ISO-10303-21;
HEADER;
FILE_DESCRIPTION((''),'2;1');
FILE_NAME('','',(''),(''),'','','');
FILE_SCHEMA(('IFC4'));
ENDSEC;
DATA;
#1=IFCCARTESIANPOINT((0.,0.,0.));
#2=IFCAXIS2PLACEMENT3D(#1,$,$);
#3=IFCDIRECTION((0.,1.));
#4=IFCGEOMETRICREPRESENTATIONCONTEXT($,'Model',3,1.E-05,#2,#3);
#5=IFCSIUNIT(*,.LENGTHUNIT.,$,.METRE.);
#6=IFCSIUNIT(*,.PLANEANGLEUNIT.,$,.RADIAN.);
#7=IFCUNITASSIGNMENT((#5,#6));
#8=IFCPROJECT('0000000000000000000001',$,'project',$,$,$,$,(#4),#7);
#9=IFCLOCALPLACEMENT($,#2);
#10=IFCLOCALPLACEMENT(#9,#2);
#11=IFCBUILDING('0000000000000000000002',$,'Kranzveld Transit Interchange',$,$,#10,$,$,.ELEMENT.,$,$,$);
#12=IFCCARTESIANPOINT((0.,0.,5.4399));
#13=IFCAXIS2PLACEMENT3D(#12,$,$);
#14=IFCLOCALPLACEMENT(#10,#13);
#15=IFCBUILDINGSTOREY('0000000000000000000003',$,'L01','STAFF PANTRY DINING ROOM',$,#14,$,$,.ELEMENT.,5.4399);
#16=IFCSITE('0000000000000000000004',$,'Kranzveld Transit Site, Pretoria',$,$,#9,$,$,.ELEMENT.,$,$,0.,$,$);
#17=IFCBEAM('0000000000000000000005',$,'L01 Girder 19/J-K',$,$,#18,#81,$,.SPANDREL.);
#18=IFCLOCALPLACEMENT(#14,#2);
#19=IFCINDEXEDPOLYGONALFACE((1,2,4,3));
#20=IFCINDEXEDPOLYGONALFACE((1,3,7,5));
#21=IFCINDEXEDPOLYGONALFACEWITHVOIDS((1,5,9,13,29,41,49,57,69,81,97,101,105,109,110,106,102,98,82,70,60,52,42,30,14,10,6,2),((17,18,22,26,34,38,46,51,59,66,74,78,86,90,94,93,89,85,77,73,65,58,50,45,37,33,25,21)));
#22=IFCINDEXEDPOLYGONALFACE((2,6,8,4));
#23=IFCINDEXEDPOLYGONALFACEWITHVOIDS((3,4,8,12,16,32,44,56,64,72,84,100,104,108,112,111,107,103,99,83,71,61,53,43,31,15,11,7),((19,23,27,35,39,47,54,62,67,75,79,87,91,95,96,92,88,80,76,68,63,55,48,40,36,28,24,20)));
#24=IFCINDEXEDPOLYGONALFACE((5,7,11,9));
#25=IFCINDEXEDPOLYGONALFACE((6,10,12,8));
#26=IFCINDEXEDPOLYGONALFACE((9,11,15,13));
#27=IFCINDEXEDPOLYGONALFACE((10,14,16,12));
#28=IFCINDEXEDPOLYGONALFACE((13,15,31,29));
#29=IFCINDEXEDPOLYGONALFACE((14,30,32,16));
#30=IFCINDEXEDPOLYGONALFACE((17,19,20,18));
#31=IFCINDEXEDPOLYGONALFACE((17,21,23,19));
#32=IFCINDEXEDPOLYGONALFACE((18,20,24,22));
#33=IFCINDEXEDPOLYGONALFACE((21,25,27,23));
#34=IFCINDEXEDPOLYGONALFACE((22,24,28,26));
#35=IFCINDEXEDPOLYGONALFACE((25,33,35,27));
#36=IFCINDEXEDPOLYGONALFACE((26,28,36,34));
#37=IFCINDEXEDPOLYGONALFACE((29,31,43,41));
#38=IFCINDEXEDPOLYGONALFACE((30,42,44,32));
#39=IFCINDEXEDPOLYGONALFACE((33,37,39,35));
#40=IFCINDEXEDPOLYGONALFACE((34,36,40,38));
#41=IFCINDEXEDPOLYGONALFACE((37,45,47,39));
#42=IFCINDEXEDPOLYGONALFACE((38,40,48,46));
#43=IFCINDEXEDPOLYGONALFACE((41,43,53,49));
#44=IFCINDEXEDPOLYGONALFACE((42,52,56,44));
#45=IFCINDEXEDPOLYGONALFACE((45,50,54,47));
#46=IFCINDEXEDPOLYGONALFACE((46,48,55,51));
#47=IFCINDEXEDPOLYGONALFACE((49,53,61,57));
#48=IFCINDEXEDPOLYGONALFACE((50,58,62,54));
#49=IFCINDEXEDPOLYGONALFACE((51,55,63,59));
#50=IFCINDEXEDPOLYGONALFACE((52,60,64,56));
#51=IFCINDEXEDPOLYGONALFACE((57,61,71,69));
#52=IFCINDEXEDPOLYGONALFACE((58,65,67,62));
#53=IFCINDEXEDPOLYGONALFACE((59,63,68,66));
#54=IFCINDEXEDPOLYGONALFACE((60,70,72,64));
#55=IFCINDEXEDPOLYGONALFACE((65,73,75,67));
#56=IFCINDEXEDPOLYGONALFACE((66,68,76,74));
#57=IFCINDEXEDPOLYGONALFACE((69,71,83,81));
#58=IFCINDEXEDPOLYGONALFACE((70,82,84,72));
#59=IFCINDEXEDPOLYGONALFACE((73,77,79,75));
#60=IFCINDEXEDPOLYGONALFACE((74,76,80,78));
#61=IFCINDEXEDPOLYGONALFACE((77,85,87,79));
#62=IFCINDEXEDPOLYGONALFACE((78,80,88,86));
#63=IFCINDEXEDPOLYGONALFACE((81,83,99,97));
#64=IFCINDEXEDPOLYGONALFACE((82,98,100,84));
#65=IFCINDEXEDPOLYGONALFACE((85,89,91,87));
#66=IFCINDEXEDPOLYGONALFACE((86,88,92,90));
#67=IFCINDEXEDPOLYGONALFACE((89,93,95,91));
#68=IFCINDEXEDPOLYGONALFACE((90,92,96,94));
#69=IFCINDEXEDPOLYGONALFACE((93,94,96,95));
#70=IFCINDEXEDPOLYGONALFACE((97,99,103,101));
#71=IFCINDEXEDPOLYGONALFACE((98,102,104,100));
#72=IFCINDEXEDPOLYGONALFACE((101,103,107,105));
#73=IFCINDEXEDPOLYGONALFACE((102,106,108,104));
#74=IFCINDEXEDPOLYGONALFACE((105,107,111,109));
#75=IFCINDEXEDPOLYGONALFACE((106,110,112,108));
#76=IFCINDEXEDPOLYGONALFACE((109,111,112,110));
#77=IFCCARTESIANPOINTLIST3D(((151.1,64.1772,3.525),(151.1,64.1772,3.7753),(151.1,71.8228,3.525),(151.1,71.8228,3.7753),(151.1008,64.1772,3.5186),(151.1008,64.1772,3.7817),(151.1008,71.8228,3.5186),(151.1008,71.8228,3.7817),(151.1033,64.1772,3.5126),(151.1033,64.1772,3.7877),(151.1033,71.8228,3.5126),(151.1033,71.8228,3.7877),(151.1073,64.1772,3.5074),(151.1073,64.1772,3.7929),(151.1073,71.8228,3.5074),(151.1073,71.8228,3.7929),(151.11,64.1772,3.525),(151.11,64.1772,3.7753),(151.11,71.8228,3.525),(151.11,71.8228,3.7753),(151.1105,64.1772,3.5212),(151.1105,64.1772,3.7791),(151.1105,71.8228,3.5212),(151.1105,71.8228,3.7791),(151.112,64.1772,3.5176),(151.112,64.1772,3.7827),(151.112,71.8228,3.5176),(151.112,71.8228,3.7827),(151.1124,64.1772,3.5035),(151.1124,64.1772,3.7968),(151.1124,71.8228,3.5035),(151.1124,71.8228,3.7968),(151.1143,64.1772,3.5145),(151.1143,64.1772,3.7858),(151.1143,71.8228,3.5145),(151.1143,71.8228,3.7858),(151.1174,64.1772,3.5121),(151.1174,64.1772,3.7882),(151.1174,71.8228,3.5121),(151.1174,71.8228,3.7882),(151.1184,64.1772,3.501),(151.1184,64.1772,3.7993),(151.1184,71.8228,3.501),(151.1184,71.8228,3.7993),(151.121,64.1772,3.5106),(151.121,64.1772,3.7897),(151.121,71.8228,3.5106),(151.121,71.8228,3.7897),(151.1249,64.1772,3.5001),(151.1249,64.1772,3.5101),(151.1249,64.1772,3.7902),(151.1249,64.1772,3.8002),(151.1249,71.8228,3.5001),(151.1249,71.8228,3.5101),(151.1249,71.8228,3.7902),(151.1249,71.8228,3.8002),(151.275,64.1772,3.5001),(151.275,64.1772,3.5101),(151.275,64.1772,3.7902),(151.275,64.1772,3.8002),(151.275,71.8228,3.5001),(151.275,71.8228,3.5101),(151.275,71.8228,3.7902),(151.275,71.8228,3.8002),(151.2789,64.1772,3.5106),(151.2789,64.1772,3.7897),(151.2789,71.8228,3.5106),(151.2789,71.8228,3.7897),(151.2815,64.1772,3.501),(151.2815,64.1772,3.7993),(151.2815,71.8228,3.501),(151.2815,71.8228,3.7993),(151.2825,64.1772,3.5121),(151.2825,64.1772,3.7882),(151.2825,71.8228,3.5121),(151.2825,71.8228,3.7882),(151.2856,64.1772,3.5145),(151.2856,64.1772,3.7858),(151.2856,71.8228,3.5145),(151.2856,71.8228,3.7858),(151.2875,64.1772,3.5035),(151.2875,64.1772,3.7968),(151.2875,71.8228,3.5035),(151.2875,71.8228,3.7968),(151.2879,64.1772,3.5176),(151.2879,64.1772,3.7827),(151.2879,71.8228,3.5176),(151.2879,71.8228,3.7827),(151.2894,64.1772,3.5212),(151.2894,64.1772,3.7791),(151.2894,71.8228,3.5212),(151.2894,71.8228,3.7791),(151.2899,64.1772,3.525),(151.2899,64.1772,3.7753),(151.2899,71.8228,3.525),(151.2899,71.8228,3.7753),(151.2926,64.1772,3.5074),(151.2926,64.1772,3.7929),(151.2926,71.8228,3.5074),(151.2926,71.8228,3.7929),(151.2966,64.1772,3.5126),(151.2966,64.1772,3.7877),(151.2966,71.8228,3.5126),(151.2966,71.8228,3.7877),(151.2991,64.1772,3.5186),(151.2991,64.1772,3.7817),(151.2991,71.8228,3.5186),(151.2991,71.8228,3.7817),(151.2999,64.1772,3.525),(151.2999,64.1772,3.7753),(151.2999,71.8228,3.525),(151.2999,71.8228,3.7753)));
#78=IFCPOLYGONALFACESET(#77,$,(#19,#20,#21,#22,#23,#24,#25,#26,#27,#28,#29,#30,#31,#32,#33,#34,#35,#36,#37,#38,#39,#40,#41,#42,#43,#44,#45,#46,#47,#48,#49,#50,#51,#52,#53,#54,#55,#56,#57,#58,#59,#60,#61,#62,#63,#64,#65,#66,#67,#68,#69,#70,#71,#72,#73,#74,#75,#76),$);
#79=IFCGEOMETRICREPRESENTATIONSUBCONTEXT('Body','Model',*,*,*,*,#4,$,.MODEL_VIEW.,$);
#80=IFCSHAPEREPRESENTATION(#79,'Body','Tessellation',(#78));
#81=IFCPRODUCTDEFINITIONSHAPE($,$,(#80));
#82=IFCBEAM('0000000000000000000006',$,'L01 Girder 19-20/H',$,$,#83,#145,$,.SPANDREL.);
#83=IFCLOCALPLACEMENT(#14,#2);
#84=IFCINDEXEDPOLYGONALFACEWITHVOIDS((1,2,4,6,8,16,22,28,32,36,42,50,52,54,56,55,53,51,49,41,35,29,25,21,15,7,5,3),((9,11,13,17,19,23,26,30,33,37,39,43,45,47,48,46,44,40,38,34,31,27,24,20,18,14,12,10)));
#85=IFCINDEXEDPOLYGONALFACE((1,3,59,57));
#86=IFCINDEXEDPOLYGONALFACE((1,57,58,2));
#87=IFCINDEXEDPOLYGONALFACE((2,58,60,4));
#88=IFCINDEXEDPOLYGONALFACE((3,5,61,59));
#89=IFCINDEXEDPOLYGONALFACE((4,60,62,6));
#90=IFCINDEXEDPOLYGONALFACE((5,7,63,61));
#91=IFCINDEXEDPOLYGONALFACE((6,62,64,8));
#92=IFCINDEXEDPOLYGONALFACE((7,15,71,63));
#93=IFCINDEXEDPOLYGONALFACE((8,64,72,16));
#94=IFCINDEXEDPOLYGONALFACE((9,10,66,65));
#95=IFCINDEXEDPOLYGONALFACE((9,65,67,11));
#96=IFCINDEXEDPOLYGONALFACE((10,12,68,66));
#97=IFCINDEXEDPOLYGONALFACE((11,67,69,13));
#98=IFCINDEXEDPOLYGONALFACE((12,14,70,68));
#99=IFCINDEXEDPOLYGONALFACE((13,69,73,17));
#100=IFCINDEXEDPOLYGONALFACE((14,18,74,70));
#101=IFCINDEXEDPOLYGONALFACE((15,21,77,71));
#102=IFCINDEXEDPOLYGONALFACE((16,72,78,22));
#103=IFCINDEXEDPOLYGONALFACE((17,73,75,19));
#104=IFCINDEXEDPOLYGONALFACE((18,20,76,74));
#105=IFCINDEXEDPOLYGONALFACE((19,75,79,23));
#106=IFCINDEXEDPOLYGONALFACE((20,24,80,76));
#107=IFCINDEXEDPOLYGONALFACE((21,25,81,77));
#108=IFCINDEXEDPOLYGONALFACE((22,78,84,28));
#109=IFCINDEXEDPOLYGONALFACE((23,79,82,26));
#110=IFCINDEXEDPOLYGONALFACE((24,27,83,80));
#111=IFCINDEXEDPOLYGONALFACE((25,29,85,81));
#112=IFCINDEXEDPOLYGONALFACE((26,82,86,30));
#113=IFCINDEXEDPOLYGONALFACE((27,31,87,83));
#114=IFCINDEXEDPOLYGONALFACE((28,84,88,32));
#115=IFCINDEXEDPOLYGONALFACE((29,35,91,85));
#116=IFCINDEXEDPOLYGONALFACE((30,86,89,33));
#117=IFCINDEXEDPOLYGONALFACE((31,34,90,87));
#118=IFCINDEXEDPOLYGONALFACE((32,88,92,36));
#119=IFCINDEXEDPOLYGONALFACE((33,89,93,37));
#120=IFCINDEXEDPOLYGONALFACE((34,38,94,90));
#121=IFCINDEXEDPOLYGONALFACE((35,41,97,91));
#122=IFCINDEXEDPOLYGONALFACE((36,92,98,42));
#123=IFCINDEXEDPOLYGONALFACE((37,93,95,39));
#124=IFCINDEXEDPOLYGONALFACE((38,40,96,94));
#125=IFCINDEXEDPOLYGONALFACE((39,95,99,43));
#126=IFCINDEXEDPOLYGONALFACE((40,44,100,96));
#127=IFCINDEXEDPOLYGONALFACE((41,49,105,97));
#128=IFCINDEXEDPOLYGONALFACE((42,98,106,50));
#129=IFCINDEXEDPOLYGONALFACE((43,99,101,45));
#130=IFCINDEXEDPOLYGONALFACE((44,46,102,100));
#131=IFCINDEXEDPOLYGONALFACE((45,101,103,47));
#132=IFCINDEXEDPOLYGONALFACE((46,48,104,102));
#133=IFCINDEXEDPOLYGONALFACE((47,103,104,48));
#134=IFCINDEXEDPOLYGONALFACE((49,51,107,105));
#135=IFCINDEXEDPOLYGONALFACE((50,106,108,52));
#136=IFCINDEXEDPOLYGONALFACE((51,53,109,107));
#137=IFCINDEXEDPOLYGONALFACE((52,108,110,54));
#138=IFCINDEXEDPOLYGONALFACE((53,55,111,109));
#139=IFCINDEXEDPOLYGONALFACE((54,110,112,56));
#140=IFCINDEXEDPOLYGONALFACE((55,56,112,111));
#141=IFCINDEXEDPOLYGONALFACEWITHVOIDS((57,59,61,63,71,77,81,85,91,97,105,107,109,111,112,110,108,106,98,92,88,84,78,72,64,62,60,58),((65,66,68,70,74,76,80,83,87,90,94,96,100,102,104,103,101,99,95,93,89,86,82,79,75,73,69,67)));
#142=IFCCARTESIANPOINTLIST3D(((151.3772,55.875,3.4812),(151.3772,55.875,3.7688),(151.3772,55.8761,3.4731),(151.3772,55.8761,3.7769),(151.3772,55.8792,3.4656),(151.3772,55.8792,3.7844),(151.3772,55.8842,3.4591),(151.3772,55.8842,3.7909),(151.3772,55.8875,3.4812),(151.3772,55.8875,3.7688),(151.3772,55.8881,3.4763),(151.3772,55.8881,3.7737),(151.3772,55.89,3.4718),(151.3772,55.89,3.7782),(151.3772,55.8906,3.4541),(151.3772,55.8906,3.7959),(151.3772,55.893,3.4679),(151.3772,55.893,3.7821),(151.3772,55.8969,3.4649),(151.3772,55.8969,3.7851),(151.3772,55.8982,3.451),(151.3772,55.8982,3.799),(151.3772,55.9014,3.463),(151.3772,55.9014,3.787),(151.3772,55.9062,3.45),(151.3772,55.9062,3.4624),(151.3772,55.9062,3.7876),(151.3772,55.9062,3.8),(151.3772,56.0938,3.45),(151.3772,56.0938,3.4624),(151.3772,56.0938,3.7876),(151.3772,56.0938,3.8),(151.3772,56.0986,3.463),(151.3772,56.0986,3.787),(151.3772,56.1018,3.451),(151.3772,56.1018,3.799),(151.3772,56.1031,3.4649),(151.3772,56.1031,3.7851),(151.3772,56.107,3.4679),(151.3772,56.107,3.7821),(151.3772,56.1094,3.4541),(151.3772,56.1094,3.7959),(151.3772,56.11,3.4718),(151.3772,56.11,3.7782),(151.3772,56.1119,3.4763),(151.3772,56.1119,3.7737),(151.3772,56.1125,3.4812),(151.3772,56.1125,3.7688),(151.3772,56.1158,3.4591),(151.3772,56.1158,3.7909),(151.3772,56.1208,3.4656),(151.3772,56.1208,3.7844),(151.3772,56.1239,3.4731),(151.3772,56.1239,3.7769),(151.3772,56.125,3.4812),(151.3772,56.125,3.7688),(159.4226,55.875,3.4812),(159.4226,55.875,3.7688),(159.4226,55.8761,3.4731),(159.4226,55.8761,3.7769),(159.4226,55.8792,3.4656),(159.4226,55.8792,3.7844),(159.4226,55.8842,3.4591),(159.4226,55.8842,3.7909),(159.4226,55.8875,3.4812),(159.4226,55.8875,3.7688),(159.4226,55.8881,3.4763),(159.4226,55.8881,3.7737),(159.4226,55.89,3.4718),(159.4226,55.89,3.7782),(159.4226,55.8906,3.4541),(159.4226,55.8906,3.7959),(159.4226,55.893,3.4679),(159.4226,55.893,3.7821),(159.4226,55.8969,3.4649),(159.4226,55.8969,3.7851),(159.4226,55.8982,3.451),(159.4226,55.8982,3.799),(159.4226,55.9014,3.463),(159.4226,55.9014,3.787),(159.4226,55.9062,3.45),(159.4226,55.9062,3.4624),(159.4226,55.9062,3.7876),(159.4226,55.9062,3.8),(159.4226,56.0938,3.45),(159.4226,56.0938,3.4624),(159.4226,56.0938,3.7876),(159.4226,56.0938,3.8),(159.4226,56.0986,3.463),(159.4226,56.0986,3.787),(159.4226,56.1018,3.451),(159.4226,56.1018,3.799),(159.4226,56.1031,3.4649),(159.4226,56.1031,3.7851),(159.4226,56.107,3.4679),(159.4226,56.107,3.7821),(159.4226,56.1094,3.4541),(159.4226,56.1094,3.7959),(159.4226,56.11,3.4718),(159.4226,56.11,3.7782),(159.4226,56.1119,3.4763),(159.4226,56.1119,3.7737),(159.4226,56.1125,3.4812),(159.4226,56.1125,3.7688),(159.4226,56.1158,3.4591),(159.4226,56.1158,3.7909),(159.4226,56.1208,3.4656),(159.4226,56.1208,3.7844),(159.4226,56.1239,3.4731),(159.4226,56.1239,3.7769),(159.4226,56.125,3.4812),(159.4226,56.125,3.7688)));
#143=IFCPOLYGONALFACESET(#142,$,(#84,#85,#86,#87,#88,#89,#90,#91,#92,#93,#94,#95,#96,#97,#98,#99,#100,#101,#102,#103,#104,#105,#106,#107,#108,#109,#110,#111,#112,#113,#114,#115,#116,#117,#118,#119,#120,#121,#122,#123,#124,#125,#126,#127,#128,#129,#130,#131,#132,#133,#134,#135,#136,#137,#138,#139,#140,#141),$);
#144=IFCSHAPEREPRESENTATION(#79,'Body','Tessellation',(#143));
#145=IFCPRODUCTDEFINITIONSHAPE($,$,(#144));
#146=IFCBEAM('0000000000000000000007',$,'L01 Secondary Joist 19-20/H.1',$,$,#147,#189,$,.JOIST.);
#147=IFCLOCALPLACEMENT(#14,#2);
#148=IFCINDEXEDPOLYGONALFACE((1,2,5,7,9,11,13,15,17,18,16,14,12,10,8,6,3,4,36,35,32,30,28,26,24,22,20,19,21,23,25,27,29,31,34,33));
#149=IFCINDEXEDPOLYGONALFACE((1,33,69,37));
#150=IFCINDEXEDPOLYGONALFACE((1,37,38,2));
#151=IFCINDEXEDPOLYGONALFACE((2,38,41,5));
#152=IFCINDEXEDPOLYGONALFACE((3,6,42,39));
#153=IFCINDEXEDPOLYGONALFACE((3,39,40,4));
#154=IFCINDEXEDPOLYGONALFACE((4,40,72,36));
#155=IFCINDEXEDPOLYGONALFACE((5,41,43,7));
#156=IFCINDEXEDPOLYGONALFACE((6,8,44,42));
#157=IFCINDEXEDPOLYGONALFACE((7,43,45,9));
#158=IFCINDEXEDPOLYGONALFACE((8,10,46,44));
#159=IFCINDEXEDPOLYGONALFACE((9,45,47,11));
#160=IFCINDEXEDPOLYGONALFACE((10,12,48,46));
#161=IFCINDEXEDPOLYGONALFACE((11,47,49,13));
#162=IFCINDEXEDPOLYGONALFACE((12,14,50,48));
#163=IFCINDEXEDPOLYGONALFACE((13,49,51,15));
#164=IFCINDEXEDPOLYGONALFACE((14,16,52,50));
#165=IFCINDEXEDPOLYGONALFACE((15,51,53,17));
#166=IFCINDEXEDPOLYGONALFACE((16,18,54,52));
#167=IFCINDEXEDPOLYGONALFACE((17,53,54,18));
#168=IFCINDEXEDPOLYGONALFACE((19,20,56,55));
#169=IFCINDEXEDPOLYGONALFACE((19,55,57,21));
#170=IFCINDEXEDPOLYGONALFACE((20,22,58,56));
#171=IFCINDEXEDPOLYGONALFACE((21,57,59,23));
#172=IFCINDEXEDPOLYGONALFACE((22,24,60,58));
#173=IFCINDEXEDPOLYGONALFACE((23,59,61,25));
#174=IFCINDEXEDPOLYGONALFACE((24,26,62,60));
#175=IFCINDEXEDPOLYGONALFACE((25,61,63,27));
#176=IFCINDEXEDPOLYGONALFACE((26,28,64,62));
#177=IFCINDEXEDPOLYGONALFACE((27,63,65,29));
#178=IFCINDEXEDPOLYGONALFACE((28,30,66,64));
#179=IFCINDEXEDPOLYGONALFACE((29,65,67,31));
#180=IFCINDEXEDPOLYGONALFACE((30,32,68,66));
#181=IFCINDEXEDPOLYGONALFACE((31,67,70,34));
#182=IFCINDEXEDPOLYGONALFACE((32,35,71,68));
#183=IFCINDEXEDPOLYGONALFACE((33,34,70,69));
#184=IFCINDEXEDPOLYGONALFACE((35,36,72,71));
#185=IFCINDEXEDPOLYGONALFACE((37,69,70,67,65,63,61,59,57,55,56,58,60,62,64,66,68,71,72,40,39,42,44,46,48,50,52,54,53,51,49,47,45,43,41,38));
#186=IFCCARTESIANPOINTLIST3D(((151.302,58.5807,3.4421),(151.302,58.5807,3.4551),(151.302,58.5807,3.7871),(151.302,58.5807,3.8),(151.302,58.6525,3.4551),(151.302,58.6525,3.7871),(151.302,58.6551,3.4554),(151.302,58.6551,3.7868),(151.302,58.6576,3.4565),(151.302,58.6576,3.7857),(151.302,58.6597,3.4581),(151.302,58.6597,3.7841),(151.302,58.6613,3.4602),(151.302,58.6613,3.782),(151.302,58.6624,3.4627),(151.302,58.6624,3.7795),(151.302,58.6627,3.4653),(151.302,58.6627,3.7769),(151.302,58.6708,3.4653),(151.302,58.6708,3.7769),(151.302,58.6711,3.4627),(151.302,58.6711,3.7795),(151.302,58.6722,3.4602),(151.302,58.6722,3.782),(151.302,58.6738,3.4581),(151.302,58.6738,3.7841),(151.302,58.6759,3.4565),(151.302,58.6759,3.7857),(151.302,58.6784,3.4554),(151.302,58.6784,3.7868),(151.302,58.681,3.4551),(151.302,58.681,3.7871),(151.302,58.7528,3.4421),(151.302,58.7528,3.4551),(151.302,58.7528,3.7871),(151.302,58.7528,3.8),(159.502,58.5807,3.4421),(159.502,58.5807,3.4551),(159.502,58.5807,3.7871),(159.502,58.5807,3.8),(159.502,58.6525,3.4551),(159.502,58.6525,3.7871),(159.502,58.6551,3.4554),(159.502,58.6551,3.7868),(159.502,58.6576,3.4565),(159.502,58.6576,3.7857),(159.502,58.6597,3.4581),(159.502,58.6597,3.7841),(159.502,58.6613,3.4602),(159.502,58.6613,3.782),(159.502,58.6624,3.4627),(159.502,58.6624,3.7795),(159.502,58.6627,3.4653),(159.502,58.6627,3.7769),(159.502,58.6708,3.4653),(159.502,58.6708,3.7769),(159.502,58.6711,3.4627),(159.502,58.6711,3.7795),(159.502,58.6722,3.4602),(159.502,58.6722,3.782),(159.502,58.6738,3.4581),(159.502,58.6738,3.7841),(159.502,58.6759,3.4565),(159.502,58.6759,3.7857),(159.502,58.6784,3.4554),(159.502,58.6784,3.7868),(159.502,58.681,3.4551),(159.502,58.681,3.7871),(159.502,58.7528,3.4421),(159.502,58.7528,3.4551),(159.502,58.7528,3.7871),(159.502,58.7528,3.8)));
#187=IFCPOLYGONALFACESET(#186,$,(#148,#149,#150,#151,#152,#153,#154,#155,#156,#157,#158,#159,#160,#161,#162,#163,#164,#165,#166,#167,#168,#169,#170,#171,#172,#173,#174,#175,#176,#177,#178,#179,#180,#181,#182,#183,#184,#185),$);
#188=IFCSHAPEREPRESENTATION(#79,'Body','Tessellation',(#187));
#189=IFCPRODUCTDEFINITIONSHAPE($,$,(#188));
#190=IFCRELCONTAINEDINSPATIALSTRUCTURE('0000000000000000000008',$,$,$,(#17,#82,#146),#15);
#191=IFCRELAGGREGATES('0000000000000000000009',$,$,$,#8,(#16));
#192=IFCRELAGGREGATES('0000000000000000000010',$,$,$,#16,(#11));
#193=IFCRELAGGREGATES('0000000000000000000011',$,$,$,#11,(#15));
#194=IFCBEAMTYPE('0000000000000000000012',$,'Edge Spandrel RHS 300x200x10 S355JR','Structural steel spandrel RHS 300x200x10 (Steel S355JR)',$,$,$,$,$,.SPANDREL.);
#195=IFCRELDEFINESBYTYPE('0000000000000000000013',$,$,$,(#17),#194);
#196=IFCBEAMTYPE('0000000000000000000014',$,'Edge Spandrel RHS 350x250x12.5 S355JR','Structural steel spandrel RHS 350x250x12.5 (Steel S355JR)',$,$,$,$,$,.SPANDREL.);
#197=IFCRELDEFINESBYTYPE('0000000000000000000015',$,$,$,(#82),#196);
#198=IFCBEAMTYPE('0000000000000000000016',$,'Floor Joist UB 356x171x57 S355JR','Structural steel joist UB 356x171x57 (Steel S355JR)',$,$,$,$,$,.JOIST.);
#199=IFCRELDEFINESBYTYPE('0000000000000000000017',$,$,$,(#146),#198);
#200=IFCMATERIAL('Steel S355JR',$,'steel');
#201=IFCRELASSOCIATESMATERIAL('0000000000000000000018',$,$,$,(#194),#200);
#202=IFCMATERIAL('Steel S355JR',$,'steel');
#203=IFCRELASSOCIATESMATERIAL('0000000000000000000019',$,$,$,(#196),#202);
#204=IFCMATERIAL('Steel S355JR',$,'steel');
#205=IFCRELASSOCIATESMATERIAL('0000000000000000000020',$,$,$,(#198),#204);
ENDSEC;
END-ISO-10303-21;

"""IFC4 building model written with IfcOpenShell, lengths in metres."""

from ifc_helpers import new_model, si_unit, direction, frame, origin, origin_2d, place, context, subcontext, project, spatial, hollow_rectangle, i_section, extrude, material, material_profile, profile_set, type_object, element, save


model = new_model("IFC4")

# Units and contexts
model_context = context("Model", 3, precision=1e-05, world=origin(), true_north=direction((0.0, 1.0)))
body_context = subcontext(model_context, "Body", "Model", "MODEL_VIEW")
ifc_project = project(units=[si_unit("LENGTHUNIT", "METRE"), si_unit("PLANEANGLEUNIT", "RADIAN")], contexts=[model_context])

# Site, building, storey
site_placement = place(None, origin())
site = spatial("IfcSite", under=ifc_project, at=site_placement, Name="Kranzveld Transit Site, Pretoria", CompositionType="ELEMENT", RefElevation=0.0)
building_placement = place(site_placement, origin())
building = spatial("IfcBuilding", under=site, at=building_placement, Name="Kranzveld Transit Interchange", CompositionType="ELEMENT")
storey_placement = place(building_placement, frame((0.0, 0.0, 5.4399)))
storey = spatial("IfcBuildingStorey", under=building, at=storey_placement, Name="L01", Description="STAFF PANTRY DINING ROOM", CompositionType="ELEMENT", Elevation=5.4399)

# Beams
ifc_material_1 = material(Name="Steel S355JR", Category="steel")
ifc_material_profile_1 = material_profile(ifc_material_1, hollow_rectangle(XDim=0.2, YDim=0.3, WallThickness=0.01, InnerFilletRadius=0.0149, OuterFilletRadius=0.0249, at=origin_2d()), Name="RHS 300x200x10")
ifc_profile_set_1 = profile_set([ifc_material_profile_1], Name="Steel S355JR")
beam_type_1 = type_object("IfcBeamType", Name="Edge Spandrel RHS 300x200x10 S355JR", Description="Structural steel spandrel RHS 300x200x10 (Steel S355JR)", PredefinedType="SPANDREL", material=ifc_profile_set_1)
beam_1_placement = place(storey_placement, frame((151.2, 64.1772, 3.6501), z_axis=(0.0, 1.0, 0.0), x_axis=(-1.0, 0.0, 0.0)))
element("IfcBeam", 1, at=beam_1_placement, inside=storey, type_object=beam_type_1, Name="L01 Girder 19/J-K", PredefinedType="SPANDREL", context=body_context, shape_type="SweptSolid", body=[
    extrude(hollow_rectangle(XDim=0.2, YDim=0.3, WallThickness=0.01, InnerFilletRadius=0.0149, OuterFilletRadius=0.0249, at=origin_2d()), origin(), (0.0, 0.0, 1.0), 7.6455),
])
ifc_material_2 = material(Name="Steel S355JR", Category="steel")
ifc_material_profile_2 = material_profile(ifc_material_2, hollow_rectangle(XDim=0.25, YDim=0.3501, WallThickness=0.0125, InnerFilletRadius=0.0188, OuterFilletRadius=0.0312, at=origin_2d()), Name="RHS 350x250x12.5")
ifc_profile_set_2 = profile_set([ifc_material_profile_2], Name="Steel S355JR")
beam_type_2 = type_object("IfcBeamType", Name="Edge Spandrel RHS 350x250x12.5 S355JR", Description="Structural steel spandrel RHS 350x250x12.5 (Steel S355JR)", PredefinedType="SPANDREL", material=ifc_profile_set_2)
beam_2_placement = place(storey_placement, frame((151.3772, 56.0, 3.625), z_axis=(1.0, 0.0, 0.0), x_axis=(0.0, 1.0, 0.0)))
element("IfcBeam", 2, at=beam_2_placement, inside=storey, type_object=beam_type_2, Name="L01 Girder 19-20/H", PredefinedType="SPANDREL", context=body_context, shape_type="SweptSolid", body=[
    extrude(hollow_rectangle(XDim=0.25, YDim=0.3501, WallThickness=0.0125, InnerFilletRadius=0.0188, OuterFilletRadius=0.0312, at=origin_2d()), origin(), (0.0, 0.0, 1.0), 8.0454),
])
ifc_material_3 = material(Name="Steel S355JR", Category="steel")
ifc_material_profile_3 = material_profile(ifc_material_3, i_section(OverallWidth=0.1721, OverallDepth=0.3579, WebThickness=0.0081, FlangeThickness=0.0129, FilletRadius=0.0103, at=origin_2d()), Name="UB 356x171x57")
ifc_profile_set_3 = profile_set([ifc_material_profile_3], Name="Steel S355JR")
beam_type_3 = type_object("IfcBeamType", Name="Floor Joist UB 356x171x57 S355JR", Description="Structural steel joist UB 356x171x57 (Steel S355JR)", PredefinedType="JOIST", material=ifc_profile_set_3)
for number, where, z_axis, x_axis, name in (
    (3, (151.302, 58.6667, 3.6211), (1.0, 0.0, 0.0), (0.0, 1.0, 0.0), "L01 Secondary Joist 19-20/H.1"),
):
    element("IfcBeam", number, at=place(storey_placement, frame(where, z_axis=z_axis, x_axis=x_axis)), inside=storey, type_object=beam_type_3, Name=name, PredefinedType="JOIST", context=body_context, shape_type="SweptSolid", body=[
        extrude(i_section(OverallWidth=0.1721, OverallDepth=0.3579, WebThickness=0.0081, FlangeThickness=0.0129, FilletRadius=0.0103, at=origin_2d()), origin(), (0.0, 0.0, 1.0), 8.2),
    ])

save(model, "model.ifc")
